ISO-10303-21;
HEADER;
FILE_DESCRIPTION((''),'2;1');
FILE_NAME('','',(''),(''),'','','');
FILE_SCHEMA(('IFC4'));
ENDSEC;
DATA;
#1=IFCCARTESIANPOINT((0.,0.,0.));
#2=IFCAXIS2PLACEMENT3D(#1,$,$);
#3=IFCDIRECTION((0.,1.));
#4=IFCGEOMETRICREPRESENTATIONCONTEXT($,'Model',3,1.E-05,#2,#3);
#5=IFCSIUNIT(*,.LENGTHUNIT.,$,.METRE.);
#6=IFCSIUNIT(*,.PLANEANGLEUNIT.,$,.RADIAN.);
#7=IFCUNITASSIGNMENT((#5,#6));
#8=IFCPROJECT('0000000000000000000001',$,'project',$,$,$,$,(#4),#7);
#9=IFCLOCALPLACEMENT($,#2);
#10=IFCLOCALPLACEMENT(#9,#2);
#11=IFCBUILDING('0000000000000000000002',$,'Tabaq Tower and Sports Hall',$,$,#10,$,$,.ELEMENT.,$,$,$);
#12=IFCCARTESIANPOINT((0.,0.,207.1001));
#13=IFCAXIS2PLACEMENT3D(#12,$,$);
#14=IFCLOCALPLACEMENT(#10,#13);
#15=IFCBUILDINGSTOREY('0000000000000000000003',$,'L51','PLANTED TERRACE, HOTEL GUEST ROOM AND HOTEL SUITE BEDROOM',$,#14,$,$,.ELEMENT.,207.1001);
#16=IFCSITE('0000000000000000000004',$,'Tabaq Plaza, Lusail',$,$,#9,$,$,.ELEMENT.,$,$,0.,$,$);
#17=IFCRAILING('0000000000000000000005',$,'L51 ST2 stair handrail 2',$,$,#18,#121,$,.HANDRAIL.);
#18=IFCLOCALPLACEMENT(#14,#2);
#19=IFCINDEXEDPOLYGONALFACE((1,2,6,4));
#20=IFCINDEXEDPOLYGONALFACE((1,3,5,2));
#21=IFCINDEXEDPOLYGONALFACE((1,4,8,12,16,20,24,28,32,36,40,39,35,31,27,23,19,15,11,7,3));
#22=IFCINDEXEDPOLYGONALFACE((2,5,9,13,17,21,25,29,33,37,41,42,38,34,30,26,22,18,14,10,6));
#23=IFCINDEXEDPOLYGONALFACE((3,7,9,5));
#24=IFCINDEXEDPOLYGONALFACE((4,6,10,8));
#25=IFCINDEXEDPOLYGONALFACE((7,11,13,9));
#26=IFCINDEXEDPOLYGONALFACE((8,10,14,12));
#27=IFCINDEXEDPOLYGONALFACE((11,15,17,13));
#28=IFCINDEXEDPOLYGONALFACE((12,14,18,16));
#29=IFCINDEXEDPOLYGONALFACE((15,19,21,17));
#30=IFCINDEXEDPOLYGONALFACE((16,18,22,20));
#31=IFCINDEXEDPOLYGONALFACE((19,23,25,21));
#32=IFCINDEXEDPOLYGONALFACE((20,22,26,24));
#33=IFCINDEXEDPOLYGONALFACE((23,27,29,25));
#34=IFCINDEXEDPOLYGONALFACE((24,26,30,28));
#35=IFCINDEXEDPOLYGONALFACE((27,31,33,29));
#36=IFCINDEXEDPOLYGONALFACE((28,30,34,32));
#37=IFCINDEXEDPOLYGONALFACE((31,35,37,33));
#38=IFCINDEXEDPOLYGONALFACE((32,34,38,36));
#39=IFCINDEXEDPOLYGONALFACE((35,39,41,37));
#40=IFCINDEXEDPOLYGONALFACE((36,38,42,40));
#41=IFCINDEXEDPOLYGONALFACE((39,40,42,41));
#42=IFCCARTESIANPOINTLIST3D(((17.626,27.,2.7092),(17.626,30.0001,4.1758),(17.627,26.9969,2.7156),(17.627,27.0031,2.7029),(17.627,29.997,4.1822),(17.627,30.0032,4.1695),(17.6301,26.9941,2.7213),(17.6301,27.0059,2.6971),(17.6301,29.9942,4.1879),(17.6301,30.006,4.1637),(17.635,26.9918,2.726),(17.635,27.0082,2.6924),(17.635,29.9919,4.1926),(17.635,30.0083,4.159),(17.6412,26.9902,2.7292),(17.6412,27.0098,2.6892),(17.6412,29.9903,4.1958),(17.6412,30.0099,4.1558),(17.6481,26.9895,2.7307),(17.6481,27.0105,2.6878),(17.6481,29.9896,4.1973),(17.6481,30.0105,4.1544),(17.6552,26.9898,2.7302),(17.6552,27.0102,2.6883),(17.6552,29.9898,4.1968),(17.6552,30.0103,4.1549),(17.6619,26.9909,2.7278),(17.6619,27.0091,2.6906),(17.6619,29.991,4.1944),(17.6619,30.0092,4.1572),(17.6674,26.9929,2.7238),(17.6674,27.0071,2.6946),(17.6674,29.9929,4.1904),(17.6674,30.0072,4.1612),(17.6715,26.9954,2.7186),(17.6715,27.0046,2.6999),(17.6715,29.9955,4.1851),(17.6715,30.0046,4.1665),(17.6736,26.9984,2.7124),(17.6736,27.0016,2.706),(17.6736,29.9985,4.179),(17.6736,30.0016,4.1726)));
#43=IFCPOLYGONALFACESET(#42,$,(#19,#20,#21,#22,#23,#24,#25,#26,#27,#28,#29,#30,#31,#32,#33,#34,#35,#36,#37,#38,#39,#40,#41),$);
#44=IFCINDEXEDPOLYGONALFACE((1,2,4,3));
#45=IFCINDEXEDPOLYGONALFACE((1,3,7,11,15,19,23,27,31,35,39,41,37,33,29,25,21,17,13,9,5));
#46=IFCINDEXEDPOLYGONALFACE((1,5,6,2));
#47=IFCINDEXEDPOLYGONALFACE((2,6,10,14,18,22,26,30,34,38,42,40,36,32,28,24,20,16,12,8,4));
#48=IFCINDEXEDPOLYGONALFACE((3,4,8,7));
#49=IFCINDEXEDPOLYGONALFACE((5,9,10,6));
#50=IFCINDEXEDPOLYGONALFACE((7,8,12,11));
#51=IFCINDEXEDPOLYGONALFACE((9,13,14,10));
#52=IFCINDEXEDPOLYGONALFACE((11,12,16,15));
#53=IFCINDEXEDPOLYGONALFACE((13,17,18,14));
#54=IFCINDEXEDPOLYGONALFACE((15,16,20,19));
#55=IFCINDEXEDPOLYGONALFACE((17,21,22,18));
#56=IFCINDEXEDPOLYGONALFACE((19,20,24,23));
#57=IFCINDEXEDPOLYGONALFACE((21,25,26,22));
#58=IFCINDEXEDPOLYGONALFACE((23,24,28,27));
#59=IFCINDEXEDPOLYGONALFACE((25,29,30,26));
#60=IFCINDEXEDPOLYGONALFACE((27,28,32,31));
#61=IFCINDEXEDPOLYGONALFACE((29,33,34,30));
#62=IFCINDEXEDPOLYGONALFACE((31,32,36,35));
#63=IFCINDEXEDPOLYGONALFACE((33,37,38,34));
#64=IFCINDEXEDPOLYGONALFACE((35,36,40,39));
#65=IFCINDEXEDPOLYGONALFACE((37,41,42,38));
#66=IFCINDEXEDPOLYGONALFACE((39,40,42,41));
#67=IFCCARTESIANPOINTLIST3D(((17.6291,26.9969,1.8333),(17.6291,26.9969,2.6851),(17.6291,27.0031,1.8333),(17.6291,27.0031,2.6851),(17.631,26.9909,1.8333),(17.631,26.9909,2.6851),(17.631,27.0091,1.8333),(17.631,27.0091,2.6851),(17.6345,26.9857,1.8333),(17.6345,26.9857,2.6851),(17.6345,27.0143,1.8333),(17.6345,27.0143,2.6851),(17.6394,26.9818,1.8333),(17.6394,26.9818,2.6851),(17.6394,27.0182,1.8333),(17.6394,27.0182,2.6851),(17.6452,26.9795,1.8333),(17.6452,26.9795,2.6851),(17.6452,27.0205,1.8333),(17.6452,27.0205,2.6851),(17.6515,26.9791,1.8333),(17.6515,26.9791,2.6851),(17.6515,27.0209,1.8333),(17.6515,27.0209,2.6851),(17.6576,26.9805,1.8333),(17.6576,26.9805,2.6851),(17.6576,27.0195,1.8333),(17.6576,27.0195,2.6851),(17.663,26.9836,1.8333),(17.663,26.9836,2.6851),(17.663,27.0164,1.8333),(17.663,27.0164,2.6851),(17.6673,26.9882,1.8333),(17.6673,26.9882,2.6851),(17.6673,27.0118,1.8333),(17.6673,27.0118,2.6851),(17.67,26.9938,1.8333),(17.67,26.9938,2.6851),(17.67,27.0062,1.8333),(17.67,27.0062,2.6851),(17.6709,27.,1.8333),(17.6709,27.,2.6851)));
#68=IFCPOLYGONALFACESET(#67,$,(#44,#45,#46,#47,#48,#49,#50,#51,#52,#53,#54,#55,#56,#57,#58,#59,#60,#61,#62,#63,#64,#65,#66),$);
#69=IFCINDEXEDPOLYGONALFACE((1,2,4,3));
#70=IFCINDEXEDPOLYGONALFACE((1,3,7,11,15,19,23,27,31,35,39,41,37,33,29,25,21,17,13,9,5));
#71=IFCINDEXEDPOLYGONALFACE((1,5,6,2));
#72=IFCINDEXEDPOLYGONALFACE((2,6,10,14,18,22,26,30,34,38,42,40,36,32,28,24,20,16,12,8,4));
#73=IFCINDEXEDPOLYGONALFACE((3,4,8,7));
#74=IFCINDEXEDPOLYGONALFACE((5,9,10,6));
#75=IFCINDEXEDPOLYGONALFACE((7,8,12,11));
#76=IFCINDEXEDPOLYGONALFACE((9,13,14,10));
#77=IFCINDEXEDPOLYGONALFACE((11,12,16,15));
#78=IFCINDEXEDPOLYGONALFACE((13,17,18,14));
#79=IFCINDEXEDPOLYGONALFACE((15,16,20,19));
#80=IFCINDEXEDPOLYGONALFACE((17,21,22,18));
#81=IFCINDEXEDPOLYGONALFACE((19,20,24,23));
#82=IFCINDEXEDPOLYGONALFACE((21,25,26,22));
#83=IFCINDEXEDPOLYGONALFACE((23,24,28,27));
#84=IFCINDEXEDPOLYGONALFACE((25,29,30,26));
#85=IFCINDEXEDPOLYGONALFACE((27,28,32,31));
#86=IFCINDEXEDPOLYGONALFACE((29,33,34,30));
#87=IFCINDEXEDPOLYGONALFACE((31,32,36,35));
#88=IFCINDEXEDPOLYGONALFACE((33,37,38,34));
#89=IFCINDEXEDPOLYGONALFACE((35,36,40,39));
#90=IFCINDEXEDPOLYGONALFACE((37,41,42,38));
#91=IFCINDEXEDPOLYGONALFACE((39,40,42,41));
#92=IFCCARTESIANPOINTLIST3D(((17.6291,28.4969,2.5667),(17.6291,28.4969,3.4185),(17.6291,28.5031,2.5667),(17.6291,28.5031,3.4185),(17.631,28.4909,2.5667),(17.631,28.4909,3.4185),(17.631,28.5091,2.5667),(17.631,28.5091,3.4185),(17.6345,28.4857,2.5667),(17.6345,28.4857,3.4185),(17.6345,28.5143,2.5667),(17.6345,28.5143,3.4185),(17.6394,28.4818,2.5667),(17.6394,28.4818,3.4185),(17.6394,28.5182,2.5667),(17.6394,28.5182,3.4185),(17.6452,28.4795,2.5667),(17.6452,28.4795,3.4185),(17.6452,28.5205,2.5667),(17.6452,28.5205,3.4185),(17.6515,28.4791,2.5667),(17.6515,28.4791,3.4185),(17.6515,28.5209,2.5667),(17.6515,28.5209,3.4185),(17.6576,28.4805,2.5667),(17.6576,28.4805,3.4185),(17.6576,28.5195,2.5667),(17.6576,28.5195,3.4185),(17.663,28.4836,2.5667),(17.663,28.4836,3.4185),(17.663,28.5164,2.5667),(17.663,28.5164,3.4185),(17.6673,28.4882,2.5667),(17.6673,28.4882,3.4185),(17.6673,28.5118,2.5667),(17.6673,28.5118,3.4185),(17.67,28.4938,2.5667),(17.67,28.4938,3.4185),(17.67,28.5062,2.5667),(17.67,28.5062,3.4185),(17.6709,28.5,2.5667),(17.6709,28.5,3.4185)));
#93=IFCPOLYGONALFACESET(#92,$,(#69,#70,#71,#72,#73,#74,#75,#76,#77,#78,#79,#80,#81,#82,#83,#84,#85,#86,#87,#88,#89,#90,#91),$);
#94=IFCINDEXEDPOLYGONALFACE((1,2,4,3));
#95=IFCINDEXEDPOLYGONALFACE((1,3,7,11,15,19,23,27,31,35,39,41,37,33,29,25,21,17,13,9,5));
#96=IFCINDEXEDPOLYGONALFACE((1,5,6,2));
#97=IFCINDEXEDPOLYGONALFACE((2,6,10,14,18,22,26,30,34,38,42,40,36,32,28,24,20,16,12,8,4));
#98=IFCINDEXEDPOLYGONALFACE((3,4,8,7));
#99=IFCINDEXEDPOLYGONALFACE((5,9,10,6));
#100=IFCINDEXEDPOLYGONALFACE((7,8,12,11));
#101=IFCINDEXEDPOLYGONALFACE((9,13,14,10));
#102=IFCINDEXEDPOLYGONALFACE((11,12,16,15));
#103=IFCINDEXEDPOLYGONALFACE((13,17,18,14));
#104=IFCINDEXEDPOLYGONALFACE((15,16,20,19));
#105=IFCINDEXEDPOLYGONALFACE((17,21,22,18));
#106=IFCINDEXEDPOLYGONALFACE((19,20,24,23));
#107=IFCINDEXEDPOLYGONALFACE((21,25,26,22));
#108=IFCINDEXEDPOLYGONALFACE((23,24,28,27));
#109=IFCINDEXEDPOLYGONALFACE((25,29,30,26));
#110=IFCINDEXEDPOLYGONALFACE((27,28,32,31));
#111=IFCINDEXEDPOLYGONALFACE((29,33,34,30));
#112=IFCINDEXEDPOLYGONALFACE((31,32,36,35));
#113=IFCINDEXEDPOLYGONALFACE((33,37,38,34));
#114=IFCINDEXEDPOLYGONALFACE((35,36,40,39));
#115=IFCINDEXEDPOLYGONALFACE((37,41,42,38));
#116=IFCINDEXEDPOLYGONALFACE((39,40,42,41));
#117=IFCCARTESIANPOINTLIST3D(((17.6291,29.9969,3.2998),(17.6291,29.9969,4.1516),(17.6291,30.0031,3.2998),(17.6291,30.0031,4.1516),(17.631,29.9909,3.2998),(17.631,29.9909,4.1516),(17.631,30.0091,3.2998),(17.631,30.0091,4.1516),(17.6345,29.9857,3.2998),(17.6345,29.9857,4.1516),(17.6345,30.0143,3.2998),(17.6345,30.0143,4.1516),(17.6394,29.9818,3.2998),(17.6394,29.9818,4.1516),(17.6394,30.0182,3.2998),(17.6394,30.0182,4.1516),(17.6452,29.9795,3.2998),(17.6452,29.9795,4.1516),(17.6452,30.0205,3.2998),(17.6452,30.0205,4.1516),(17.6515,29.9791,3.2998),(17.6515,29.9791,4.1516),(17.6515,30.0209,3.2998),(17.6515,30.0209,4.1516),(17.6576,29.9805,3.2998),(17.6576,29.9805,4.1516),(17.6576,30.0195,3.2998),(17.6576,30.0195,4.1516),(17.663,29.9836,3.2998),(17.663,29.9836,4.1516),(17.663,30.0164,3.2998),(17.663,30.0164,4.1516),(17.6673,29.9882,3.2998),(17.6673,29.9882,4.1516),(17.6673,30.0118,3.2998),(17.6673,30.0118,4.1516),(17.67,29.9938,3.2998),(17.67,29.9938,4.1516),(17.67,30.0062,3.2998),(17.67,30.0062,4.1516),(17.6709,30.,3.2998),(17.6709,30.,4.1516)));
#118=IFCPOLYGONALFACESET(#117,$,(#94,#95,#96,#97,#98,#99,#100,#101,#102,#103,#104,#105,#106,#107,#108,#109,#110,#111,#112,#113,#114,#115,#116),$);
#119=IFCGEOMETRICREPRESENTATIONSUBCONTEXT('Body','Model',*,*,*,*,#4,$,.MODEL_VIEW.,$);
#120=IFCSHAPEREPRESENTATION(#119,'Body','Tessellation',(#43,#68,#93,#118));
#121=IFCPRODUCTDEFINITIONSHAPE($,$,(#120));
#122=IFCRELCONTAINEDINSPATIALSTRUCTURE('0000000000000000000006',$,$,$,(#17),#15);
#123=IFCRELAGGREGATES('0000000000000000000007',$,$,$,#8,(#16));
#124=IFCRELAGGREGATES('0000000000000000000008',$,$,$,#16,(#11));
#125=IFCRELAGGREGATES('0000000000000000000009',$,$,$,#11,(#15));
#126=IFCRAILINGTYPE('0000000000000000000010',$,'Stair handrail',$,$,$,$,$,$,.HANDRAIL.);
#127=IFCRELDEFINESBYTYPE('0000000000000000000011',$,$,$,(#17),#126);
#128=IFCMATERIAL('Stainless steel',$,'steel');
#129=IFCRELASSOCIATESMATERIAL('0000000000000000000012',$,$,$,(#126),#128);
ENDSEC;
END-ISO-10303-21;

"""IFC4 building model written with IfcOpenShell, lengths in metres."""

from ifc_helpers import new_model, si_unit, direction, frame, origin, origin_2d, place, context, subcontext, project, spatial, circle, extrude, material, type_object, element, save


model = new_model("IFC4")

# Units and contexts
model_context = context("Model", 3, precision=1e-05, world=origin(), true_north=direction((0.0, 1.0)))
body_context = subcontext(model_context, "Body", "Model", "MODEL_VIEW")
ifc_project = project(units=[si_unit("LENGTHUNIT", "METRE"), si_unit("PLANEANGLEUNIT", "RADIAN")], contexts=[model_context])

# Site, building, storey
site_placement = place(None, origin())
site = spatial("IfcSite", under=ifc_project, at=site_placement, Name="Tabaq Plaza, Lusail", CompositionType="ELEMENT", RefElevation=0.0)
building_placement = place(site_placement, origin())
building = spatial("IfcBuilding", under=site, at=building_placement, Name="Tabaq Tower and Sports Hall", CompositionType="ELEMENT")
storey_placement = place(building_placement, frame((0.0, 0.0, 207.1001)))
storey = spatial("IfcBuildingStorey", under=building, at=storey_placement, Name="L51", Description="PLANTED TERRACE, HOTEL GUEST ROOM AND HOTEL SUITE BEDROOM", CompositionType="ELEMENT", Elevation=207.1001)

# Railing
ifc_material_1 = material(Name="Stainless steel", Category="steel")
railing_type_1 = type_object("IfcRailingType", Name="Stair handrail", PredefinedType="HANDRAIL", material=ifc_material_1)
railing_1_placement = place(storey_placement, frame((17.6499, 27.0, 1.8333)))
element("IfcRailing", 1, at=railing_1_placement, inside=storey, type_object=railing_type_1, Name="L51 ST2 stair handrail 2", PredefinedType="HANDRAIL", context=body_context, shape_type="SweptSolid", body=[
    extrude(circle(Radius=0.0239, at=origin_2d()), frame((0.0, 0.0, 0.876), z_axis=(0.0, 0.898398, 0.439183), x_axis=(-1.0, 0.0, 0.0)), (0.0, 0.0, 1.0), 3.3394),
    extrude(circle(Radius=0.021, at=origin_2d()), origin(), (0.0, 0.0, 1.0), 0.8518),
    extrude(circle(Radius=0.021, at=origin_2d()), frame((0.0, 1.5, 0.7334)), (0.0, 0.0, 1.0), 0.8518),
    extrude(circle(Radius=0.021, at=origin_2d()), frame((0.0, 3.0, 1.4666)), (0.0, 0.0, 1.0), 0.8518),
])

save(model, "model.ifc")
